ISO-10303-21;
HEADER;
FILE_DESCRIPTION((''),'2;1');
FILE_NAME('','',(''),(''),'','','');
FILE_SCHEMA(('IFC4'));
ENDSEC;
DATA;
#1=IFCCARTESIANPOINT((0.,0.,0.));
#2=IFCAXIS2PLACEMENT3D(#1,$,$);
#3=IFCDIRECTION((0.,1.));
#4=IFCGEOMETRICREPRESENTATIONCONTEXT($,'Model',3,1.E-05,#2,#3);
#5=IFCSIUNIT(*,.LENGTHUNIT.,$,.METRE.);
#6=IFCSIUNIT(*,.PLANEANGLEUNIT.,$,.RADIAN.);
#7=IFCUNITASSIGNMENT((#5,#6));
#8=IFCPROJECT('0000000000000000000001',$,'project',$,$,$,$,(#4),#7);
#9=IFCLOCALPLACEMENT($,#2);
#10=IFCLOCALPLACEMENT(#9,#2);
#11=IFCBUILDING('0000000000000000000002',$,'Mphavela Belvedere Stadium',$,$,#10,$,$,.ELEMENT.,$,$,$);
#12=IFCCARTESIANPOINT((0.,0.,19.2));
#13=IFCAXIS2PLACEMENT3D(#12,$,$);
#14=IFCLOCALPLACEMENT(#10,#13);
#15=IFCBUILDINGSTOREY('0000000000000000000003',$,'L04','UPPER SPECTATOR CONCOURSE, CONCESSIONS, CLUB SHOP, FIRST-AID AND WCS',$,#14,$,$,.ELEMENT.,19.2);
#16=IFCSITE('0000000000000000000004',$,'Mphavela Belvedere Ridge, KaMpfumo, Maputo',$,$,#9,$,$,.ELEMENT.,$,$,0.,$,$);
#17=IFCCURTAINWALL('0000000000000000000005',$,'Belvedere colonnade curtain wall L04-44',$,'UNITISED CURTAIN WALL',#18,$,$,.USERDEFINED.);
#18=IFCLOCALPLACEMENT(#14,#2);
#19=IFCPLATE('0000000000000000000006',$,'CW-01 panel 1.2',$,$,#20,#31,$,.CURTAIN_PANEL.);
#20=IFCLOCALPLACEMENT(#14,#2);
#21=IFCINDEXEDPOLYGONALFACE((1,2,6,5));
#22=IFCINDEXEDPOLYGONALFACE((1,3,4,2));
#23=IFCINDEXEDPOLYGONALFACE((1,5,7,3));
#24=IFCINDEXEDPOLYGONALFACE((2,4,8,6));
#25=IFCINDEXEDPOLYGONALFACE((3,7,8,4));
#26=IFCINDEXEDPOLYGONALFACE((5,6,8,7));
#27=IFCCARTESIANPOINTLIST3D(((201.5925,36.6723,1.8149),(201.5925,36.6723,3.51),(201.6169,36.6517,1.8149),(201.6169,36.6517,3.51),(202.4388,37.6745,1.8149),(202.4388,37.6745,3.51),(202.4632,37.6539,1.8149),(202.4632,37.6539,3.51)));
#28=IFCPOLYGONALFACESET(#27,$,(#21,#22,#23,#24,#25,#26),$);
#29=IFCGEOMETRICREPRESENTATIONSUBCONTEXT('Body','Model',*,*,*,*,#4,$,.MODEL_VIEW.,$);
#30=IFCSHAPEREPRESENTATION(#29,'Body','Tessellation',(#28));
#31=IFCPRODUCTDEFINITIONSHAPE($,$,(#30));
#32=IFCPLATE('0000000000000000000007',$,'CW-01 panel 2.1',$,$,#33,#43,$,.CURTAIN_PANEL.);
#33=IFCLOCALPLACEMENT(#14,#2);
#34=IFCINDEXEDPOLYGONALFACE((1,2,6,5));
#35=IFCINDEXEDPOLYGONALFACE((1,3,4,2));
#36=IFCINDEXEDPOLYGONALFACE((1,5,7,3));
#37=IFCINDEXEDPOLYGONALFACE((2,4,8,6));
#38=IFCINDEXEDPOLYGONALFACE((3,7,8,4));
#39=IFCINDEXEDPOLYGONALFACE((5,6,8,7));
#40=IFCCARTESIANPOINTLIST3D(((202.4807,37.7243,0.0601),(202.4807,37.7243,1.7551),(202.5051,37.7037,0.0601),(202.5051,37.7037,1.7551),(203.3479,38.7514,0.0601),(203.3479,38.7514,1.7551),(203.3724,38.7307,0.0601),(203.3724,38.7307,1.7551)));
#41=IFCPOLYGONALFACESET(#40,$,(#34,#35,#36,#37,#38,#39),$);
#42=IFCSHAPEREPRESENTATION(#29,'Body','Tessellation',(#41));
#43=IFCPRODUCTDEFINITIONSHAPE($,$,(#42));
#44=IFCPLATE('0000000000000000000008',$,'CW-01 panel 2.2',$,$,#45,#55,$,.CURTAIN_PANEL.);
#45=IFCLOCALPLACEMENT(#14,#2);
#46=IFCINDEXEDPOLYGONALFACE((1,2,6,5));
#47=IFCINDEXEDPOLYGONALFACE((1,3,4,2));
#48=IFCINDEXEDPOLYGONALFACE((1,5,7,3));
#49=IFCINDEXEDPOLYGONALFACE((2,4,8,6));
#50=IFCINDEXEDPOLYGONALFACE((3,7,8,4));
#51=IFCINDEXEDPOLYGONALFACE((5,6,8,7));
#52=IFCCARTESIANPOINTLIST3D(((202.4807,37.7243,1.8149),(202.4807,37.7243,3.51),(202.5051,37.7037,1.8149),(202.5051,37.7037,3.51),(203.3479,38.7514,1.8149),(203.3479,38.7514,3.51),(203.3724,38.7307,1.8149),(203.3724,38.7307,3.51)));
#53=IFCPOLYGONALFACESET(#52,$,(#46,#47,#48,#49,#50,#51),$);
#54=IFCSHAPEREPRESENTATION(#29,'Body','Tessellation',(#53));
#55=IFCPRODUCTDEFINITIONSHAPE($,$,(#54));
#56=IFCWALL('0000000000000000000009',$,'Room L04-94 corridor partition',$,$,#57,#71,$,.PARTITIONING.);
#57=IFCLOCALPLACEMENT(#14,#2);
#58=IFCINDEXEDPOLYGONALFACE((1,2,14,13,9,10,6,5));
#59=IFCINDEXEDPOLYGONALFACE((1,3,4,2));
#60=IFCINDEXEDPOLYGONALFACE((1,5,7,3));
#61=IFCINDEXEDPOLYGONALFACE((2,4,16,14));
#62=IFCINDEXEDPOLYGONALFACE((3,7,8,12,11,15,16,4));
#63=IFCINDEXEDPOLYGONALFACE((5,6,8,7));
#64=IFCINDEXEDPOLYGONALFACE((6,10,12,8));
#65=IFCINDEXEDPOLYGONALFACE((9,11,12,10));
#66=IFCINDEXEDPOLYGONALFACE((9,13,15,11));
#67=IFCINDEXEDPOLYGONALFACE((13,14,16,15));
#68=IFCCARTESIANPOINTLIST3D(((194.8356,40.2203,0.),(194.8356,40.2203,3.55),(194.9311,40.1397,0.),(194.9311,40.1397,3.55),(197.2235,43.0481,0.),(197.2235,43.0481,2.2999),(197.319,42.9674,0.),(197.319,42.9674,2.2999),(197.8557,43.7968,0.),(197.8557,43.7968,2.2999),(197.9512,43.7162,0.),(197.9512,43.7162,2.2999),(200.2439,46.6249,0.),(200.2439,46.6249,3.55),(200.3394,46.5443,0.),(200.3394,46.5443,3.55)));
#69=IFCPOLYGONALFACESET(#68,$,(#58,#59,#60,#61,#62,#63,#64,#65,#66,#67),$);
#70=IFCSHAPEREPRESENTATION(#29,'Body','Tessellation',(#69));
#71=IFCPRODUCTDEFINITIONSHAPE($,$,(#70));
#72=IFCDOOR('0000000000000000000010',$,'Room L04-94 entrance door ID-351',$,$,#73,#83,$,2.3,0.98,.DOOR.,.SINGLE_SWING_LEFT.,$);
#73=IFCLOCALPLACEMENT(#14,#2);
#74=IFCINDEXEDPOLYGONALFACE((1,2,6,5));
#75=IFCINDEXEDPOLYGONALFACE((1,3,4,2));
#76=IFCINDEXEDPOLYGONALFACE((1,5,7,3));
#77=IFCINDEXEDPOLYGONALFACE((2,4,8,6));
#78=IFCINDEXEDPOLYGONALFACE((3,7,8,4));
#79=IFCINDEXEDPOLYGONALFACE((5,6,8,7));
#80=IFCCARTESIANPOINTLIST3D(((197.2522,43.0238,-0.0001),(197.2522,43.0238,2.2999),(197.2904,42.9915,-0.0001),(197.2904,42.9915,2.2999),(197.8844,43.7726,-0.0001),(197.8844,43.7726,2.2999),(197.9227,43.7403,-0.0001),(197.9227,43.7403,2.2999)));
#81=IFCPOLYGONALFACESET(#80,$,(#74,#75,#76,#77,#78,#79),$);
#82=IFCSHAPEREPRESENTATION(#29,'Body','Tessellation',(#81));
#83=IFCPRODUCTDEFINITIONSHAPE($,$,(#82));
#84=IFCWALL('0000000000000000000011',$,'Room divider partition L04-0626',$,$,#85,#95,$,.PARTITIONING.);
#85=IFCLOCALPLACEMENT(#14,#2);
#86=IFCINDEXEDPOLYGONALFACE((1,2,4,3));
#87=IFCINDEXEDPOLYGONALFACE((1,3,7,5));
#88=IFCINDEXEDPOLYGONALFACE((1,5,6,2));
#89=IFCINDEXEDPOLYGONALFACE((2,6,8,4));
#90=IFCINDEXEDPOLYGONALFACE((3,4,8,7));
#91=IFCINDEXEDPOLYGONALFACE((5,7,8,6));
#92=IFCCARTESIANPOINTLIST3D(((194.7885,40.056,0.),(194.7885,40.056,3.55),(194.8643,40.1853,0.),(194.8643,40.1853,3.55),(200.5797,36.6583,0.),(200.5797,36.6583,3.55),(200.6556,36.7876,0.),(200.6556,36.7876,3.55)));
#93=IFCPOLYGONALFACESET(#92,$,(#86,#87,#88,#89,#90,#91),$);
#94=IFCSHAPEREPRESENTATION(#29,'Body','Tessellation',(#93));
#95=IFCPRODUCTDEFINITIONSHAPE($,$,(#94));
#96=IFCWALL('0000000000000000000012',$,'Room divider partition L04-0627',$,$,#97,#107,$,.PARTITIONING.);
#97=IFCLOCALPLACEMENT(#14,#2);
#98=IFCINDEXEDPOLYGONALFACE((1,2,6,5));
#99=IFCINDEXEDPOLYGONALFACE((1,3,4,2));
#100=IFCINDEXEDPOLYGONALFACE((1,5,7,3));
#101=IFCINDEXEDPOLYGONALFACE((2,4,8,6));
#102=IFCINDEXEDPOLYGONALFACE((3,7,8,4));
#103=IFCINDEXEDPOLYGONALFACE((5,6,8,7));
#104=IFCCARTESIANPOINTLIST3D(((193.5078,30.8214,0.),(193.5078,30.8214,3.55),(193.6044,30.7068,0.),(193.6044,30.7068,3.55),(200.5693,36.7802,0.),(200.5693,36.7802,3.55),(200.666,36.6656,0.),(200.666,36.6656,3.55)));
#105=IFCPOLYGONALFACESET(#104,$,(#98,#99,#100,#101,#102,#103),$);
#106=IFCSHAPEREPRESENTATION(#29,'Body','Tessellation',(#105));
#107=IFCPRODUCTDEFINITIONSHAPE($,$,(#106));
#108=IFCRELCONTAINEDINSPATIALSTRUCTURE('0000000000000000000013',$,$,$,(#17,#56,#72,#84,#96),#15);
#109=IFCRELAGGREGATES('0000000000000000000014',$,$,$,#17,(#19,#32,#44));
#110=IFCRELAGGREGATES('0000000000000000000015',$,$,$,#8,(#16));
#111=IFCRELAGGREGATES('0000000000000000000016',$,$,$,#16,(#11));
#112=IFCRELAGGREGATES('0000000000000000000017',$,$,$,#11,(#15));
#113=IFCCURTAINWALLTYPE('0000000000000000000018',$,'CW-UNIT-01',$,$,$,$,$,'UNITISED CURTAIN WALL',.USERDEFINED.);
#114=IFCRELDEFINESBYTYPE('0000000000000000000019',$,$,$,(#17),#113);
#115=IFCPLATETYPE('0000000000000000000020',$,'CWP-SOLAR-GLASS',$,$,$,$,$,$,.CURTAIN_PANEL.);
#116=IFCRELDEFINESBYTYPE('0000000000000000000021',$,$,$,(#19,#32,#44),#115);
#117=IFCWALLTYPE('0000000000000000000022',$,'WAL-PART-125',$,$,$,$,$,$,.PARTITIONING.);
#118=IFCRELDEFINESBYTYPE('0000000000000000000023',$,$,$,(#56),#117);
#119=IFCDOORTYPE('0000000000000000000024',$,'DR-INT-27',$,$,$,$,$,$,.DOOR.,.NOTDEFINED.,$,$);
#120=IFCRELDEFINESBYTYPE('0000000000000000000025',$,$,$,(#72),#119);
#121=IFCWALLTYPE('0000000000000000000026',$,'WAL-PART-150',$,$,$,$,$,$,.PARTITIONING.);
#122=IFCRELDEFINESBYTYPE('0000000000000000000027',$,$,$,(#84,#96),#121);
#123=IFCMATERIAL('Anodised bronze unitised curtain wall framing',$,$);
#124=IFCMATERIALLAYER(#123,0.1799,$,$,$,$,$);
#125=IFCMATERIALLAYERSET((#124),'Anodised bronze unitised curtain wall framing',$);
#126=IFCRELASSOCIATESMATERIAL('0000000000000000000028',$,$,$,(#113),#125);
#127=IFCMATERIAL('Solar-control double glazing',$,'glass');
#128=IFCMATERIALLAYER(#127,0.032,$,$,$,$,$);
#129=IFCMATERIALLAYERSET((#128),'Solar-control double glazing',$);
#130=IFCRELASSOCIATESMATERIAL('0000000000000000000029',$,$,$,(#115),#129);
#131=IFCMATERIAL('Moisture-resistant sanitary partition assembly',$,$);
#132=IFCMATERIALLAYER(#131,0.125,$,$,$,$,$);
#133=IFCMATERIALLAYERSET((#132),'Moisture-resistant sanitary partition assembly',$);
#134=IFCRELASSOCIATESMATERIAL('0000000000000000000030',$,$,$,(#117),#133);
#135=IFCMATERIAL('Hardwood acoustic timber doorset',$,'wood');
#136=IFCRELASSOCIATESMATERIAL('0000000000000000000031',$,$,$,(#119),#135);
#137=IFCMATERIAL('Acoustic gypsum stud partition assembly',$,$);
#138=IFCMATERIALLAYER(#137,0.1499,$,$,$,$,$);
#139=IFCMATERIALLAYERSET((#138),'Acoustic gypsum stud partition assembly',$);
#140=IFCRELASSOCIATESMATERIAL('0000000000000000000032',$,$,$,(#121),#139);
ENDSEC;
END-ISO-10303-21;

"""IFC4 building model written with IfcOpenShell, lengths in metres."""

from ifc_helpers import new_model, si_unit, direction, frame, frame_2d, origin, origin_2d, place, context, subcontext, project, spatial, rectangle, extrude, material, layer, layer_set, type_object, element, fill, aggregate, save


model = new_model("IFC4")

# Units and contexts
model_context = context("Model", 3, precision=1e-05, world=origin(), true_north=direction((0.0, 1.0)))
body_context = subcontext(model_context, "Body", "Model", "MODEL_VIEW")
ifc_project = project(units=[si_unit("LENGTHUNIT", "METRE"), si_unit("PLANEANGLEUNIT", "RADIAN")], contexts=[model_context])

# Site, building, storey
site_placement = place(None, origin())
site = spatial("IfcSite", under=ifc_project, at=site_placement, Name="Mphavela Belvedere Ridge, KaMpfumo, Maputo", CompositionType="ELEMENT", RefElevation=0.0)
building_placement = place(site_placement, origin())
building = spatial("IfcBuilding", under=site, at=building_placement, Name="Mphavela Belvedere Stadium", CompositionType="ELEMENT")
storey_placement = place(building_placement, frame((0.0, 0.0, 19.2)))
storey = spatial("IfcBuildingStorey", under=building, at=storey_placement, Name="L04", Description="UPPER SPECTATOR CONCOURSE, CONCESSIONS, CLUB SHOP, FIRST-AID AND WCS", CompositionType="ELEMENT", Elevation=19.2)

# Curtain wall
ifc_material_1 = material(Name="Anodised bronze unitised curtain wall framing")
ifc_layer_1 = layer(ifc_material_1, 0.1799)
ifc_layer_set_1 = layer_set([ifc_layer_1], Name="Anodised bronze unitised curtain wall framing")
curtain_wall_type_1 = type_object("IfcCurtainWallType", Name="CW-UNIT-01", ElementType="UNITISED CURTAIN WALL", PredefinedType="USERDEFINED", material=ifc_layer_set_1)
curtain_wall_1_placement = place(storey_placement, origin())
curtain_wall_1 = element("IfcCurtainWall", 1, at=curtain_wall_1_placement, inside=storey, type_object=curtain_wall_type_1, Name="Belvedere colonnade curtain wall L04-44", ObjectType="UNITISED CURTAIN WALL", PredefinedType="USERDEFINED")

# Plates
ifc_material_2 = material(Name="Solar-control double glazing", Category="glass")
ifc_layer_2 = layer(ifc_material_2, 0.032)
ifc_layer_set_2 = layer_set([ifc_layer_2], Name="Solar-control double glazing")
plate_type = type_object("IfcPlateType", Name="CWP-SOLAR-GLASS", PredefinedType="CURTAIN_PANEL", material=ifc_layer_set_2)
plate_1_placement = place(storey_placement, frame((202.0278, 37.1631, 1.8149), z_axis=(0.0, 0.0, 1.0), x_axis=(0.645175, 0.764035, 0.0)))
plate_1 = element("IfcPlate", 2, at=plate_1_placement, type_object=plate_type, Name="CW-01 panel 1.2", PredefinedType="CURTAIN_PANEL", context=body_context, shape_type="SweptSolid", body=[
    extrude(rectangle(XDim=1.3118, YDim=0.032, at=origin_2d()), origin(), (0.0, 0.0, 1.0), 1.6951),
])
plate_2_placement = place(storey_placement, frame((202.9265, 38.2275, 0.0601), z_axis=(0.0, 0.0, 1.0), x_axis=(0.645175, 0.764035, 0.0)))
plate_2 = element("IfcPlate", 3, at=plate_2_placement, type_object=plate_type, Name="CW-01 panel 2.1", PredefinedType="CURTAIN_PANEL", context=body_context, shape_type="SweptSolid", body=[
    extrude(rectangle(XDim=1.3442, YDim=0.032, at=origin_2d()), origin(), (0.0, 0.0, 1.0), 1.6951),
])
plate_3_placement = place(storey_placement, frame((202.9265, 38.2275, 1.8149), z_axis=(0.0, 0.0, 1.0), x_axis=(0.645175, 0.764035, 0.0)))
plate_3 = element("IfcPlate", 4, at=plate_3_placement, type_object=plate_type, Name="CW-01 panel 2.2", PredefinedType="CURTAIN_PANEL", context=body_context, shape_type="SweptSolid", body=[
    extrude(rectangle(XDim=1.3442, YDim=0.032, at=origin_2d()), origin(), (0.0, 0.0, 1.0), 1.6951),
])
aggregate(curtain_wall_1, [plate_1, plate_2, plate_3])

# Wall, opening, door
ifc_material_3 = material(Name="Moisture-resistant sanitary partition assembly")
ifc_layer_3 = layer(ifc_material_3, 0.125)
ifc_layer_set_3 = layer_set([ifc_layer_3], Name="Moisture-resistant sanitary partition assembly")
wall_type_1 = type_object("IfcWallType", Name="WAL-PART-125", PredefinedType="PARTITIONING", material=ifc_layer_set_3)
wall_1_placement = place(storey_placement, frame((194.8833, 40.1799, 0.0), z_axis=(0.0, 0.0, 1.0), x_axis=(0.645176, 0.764034, 0.0)))
wall_1 = element("IfcWall", 5, at=wall_1_placement, inside=storey, type_object=wall_type_1, Name="Room L04-94 corridor partition", PredefinedType="PARTITIONING", context=body_context, shape_type="SweptSolid", body=[
    extrude(rectangle(XDim=8.3826, YDim=0.125, at=frame_2d((4.1914, 0.0))), origin(), (0.0, 0.0, 1.0), 3.55),
])
opening_placement = place(wall_1_placement, frame((3.7012, 0.0, 0.0)))
opening = element("IfcOpeningElement", 6, at=opening_placement, cuts=wall_1, PredefinedType="OPENING", context=body_context, shape_type="SweptSolid", body=[
    extrude(rectangle(XDim=0.98, YDim=2.3, at=frame_2d((0.49, 1.1499))), frame((0.0, 0.0725, 0.0), z_axis=(0.0, -1.0, 0.0), x_axis=(1.0, 0.0, 0.0)), (0.0, 0.0, 1.0), 0.145),
])
ifc_material_4 = material(Name="Hardwood acoustic timber doorset", Category="wood")
door_type = type_object("IfcDoorType", Name="DR-INT-27", OperationType="NOTDEFINED", PredefinedType="DOOR", material=ifc_material_4)
door_placement = place(opening_placement, origin())
door = element("IfcDoor", 7, at=door_placement, inside=storey, type_object=door_type, Name="Room L04-94 entrance door ID-351", OperationType="SINGLE_SWING_LEFT", OverallHeight=2.3, OverallWidth=0.98, PredefinedType="DOOR", context=body_context, shape_type="SweptSolid", body=[
    extrude(rectangle(XDim=0.98, YDim=2.3, at=frame_2d((0.49, 1.1499))), frame((0.0, 0.0249, 0.0), z_axis=(0.0, -1.0, 0.0), x_axis=(1.0, 0.0, 0.0)), (0.0, 0.0, 1.0), 0.05),
])
fill(opening, door)

# Walls
ifc_material_5 = material(Name="Acoustic gypsum stud partition assembly")
ifc_layer_4 = layer(ifc_material_5, 0.1499)
ifc_layer_set_4 = layer_set([ifc_layer_4], Name="Acoustic gypsum stud partition assembly")
wall_type_2 = type_object("IfcWallType", Name="WAL-PART-150", PredefinedType="PARTITIONING", material=ifc_layer_set_4)
wall_2_placement = place(storey_placement, frame((194.8264, 40.1206, 0.0), z_axis=(0.0, 0.0, 1.0), x_axis=(0.862514, -0.506033, 0.0)))
element("IfcWall", 8, at=wall_2_placement, inside=storey, type_object=wall_type_2, Name="Room divider partition L04-0626", PredefinedType="PARTITIONING", context=body_context, shape_type="SweptSolid", body=[
    extrude(rectangle(XDim=6.7144, YDim=0.1499, at=frame_2d((3.3572, 0.0))), origin(), (0.0, 0.0, 1.0), 3.55),
])
wall_3_placement = place(storey_placement, frame((200.6177, 36.7229, 0.0), z_axis=(0.0, 0.0, 1.0), x_axis=(-0.764261, -0.644908, 0.0)))
element("IfcWall", 9, at=wall_3_placement, inside=storey, type_object=wall_type_2, Name="Room divider partition L04-0627", PredefinedType="PARTITIONING", context=body_context, shape_type="SweptSolid", body=[
    extrude(rectangle(XDim=9.2397, YDim=0.1499, at=frame_2d((4.6199, 0.0))), origin(), (0.0, 0.0, 1.0), 3.55),
])

save(model, "model.ifc")
